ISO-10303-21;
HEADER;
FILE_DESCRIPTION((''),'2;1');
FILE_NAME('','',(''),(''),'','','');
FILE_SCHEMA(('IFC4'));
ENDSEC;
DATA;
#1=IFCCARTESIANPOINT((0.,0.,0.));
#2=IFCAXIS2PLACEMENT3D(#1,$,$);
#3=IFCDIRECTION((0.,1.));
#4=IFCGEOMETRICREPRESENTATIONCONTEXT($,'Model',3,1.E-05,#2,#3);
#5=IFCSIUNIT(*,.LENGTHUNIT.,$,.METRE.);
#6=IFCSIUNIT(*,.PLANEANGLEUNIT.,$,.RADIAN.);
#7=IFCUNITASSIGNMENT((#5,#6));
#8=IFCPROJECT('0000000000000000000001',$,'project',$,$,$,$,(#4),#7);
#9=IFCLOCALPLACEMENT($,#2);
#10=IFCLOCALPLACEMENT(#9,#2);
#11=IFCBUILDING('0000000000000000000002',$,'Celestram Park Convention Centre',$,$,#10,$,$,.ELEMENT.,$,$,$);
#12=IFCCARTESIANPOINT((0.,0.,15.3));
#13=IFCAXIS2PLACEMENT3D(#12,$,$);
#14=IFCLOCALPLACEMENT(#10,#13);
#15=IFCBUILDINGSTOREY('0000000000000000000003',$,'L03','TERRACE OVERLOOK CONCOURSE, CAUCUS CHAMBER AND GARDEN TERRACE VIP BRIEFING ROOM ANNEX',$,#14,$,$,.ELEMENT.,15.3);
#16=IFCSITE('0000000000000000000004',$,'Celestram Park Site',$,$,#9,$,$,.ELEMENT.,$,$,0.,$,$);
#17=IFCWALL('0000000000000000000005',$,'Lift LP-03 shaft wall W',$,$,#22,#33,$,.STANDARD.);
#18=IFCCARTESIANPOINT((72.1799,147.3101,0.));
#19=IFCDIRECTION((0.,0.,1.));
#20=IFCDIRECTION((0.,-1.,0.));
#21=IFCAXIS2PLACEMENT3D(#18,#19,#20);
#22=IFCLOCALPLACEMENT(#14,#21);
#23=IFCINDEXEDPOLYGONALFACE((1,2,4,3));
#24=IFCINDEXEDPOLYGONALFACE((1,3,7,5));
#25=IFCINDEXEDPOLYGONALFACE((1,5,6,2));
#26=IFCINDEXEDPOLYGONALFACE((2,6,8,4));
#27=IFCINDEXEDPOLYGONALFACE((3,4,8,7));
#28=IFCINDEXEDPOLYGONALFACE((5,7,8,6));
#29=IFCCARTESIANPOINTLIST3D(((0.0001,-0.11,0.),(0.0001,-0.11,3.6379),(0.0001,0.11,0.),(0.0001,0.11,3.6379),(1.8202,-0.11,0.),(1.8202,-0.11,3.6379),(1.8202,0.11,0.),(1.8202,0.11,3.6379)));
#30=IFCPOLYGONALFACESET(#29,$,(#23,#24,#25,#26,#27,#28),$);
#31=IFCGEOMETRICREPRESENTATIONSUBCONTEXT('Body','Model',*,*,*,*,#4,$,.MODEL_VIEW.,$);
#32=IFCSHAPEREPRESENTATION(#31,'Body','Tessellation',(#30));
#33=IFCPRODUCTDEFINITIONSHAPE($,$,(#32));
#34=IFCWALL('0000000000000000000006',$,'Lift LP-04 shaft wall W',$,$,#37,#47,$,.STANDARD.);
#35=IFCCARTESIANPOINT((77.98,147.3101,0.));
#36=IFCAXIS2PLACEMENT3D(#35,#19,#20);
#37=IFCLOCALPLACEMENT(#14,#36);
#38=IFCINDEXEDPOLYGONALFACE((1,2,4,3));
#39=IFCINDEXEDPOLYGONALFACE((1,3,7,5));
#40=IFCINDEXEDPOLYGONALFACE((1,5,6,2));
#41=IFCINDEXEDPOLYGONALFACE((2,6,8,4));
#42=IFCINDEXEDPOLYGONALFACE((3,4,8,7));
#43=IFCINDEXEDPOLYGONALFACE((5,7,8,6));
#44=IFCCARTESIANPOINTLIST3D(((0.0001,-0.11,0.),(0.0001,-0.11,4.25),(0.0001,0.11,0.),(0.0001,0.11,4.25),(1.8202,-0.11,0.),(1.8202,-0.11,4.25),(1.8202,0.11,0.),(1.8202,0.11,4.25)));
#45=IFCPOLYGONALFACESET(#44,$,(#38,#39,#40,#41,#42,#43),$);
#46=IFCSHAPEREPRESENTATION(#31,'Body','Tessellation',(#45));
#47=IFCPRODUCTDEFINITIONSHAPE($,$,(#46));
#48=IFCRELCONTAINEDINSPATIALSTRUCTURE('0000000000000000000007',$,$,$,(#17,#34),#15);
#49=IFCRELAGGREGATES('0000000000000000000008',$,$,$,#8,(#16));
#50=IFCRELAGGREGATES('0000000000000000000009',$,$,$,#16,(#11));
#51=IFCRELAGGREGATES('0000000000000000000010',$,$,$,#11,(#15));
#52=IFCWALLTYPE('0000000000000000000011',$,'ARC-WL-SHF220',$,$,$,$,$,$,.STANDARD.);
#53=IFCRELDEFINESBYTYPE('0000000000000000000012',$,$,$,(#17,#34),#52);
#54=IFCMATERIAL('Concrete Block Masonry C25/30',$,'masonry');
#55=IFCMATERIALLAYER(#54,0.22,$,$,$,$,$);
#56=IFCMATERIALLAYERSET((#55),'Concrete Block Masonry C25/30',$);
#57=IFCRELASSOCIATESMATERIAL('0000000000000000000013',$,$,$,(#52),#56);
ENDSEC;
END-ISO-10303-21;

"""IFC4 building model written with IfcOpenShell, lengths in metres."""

from ifc_helpers import new_model, si_unit, direction, frame, frame_2d, origin, place, context, subcontext, project, spatial, rectangle, extrude, material, layer, layer_set, type_object, element, save


model = new_model("IFC4")

# Units and contexts
model_context = context("Model", 3, precision=1e-05, world=origin(), true_north=direction((0.0, 1.0)))
body_context = subcontext(model_context, "Body", "Model", "MODEL_VIEW")
ifc_project = project(units=[si_unit("LENGTHUNIT", "METRE"), si_unit("PLANEANGLEUNIT", "RADIAN")], contexts=[model_context])

# Site, building, storey
site_placement = place(None, origin())
site = spatial("IfcSite", under=ifc_project, at=site_placement, Name="Celestram Park Site", CompositionType="ELEMENT", RefElevation=0.0)
building_placement = place(site_placement, origin())
building = spatial("IfcBuilding", under=site, at=building_placement, Name="Celestram Park Convention Centre", CompositionType="ELEMENT")
storey_placement = place(building_placement, frame((0.0, 0.0, 15.3)))
storey = spatial("IfcBuildingStorey", under=building, at=storey_placement, Name="L03", Description="TERRACE OVERLOOK CONCOURSE, CAUCUS CHAMBER AND GARDEN TERRACE VIP BRIEFING ROOM ANNEX", CompositionType="ELEMENT", Elevation=15.3)

# Shared definitions
ifc_material_1 = material(Name="Concrete Block Masonry C25/30", Category="masonry")

# Shared definitions
ifc_layer_1 = layer(ifc_material_1, 0.22)
ifc_layer_set_1 = layer_set([ifc_layer_1], Name="Concrete Block Masonry C25/30")
wall_type_1 = type_object("IfcWallType", Name="ARC-WL-SHF220", PredefinedType="STANDARD", material=ifc_layer_set_1)

# Wall
for number, where, z_axis, x_axis, name in (
    (1, (72.1799, 147.3101, 0.0), (0.0, 0.0, 1.0), (0.0, -1.0, 0.0), "Lift LP-03 shaft wall W"),
):
    element("IfcWall", number, at=place(storey_placement, frame(where, z_axis=z_axis, x_axis=x_axis)), inside=storey, type_object=wall_type_1, Name=name, PredefinedType="STANDARD", context=body_context, shape_type="SweptSolid", body=[
        extrude(rectangle(XDim=1.8201, YDim=0.22, at=frame_2d((0.9102, 0.0))), origin(), (0.0, 0.0, 1.0), 3.6379),
    ])

# Wall
for number, where, z_axis, x_axis, name in (
    (2, (77.98, 147.3101, 0.0), (0.0, 0.0, 1.0), (0.0, -1.0, 0.0), "Lift LP-04 shaft wall W"),
):
    element("IfcWall", number, at=place(storey_placement, frame(where, z_axis=z_axis, x_axis=x_axis)), inside=storey, type_object=wall_type_1, Name=name, PredefinedType="STANDARD", context=body_context, shape_type="SweptSolid", body=[
        extrude(rectangle(XDim=1.8201, YDim=0.22, at=frame_2d((0.9102, 0.0))), origin(), (0.0, 0.0, 1.0), 4.25),
    ])

save(model, "model.ifc")
